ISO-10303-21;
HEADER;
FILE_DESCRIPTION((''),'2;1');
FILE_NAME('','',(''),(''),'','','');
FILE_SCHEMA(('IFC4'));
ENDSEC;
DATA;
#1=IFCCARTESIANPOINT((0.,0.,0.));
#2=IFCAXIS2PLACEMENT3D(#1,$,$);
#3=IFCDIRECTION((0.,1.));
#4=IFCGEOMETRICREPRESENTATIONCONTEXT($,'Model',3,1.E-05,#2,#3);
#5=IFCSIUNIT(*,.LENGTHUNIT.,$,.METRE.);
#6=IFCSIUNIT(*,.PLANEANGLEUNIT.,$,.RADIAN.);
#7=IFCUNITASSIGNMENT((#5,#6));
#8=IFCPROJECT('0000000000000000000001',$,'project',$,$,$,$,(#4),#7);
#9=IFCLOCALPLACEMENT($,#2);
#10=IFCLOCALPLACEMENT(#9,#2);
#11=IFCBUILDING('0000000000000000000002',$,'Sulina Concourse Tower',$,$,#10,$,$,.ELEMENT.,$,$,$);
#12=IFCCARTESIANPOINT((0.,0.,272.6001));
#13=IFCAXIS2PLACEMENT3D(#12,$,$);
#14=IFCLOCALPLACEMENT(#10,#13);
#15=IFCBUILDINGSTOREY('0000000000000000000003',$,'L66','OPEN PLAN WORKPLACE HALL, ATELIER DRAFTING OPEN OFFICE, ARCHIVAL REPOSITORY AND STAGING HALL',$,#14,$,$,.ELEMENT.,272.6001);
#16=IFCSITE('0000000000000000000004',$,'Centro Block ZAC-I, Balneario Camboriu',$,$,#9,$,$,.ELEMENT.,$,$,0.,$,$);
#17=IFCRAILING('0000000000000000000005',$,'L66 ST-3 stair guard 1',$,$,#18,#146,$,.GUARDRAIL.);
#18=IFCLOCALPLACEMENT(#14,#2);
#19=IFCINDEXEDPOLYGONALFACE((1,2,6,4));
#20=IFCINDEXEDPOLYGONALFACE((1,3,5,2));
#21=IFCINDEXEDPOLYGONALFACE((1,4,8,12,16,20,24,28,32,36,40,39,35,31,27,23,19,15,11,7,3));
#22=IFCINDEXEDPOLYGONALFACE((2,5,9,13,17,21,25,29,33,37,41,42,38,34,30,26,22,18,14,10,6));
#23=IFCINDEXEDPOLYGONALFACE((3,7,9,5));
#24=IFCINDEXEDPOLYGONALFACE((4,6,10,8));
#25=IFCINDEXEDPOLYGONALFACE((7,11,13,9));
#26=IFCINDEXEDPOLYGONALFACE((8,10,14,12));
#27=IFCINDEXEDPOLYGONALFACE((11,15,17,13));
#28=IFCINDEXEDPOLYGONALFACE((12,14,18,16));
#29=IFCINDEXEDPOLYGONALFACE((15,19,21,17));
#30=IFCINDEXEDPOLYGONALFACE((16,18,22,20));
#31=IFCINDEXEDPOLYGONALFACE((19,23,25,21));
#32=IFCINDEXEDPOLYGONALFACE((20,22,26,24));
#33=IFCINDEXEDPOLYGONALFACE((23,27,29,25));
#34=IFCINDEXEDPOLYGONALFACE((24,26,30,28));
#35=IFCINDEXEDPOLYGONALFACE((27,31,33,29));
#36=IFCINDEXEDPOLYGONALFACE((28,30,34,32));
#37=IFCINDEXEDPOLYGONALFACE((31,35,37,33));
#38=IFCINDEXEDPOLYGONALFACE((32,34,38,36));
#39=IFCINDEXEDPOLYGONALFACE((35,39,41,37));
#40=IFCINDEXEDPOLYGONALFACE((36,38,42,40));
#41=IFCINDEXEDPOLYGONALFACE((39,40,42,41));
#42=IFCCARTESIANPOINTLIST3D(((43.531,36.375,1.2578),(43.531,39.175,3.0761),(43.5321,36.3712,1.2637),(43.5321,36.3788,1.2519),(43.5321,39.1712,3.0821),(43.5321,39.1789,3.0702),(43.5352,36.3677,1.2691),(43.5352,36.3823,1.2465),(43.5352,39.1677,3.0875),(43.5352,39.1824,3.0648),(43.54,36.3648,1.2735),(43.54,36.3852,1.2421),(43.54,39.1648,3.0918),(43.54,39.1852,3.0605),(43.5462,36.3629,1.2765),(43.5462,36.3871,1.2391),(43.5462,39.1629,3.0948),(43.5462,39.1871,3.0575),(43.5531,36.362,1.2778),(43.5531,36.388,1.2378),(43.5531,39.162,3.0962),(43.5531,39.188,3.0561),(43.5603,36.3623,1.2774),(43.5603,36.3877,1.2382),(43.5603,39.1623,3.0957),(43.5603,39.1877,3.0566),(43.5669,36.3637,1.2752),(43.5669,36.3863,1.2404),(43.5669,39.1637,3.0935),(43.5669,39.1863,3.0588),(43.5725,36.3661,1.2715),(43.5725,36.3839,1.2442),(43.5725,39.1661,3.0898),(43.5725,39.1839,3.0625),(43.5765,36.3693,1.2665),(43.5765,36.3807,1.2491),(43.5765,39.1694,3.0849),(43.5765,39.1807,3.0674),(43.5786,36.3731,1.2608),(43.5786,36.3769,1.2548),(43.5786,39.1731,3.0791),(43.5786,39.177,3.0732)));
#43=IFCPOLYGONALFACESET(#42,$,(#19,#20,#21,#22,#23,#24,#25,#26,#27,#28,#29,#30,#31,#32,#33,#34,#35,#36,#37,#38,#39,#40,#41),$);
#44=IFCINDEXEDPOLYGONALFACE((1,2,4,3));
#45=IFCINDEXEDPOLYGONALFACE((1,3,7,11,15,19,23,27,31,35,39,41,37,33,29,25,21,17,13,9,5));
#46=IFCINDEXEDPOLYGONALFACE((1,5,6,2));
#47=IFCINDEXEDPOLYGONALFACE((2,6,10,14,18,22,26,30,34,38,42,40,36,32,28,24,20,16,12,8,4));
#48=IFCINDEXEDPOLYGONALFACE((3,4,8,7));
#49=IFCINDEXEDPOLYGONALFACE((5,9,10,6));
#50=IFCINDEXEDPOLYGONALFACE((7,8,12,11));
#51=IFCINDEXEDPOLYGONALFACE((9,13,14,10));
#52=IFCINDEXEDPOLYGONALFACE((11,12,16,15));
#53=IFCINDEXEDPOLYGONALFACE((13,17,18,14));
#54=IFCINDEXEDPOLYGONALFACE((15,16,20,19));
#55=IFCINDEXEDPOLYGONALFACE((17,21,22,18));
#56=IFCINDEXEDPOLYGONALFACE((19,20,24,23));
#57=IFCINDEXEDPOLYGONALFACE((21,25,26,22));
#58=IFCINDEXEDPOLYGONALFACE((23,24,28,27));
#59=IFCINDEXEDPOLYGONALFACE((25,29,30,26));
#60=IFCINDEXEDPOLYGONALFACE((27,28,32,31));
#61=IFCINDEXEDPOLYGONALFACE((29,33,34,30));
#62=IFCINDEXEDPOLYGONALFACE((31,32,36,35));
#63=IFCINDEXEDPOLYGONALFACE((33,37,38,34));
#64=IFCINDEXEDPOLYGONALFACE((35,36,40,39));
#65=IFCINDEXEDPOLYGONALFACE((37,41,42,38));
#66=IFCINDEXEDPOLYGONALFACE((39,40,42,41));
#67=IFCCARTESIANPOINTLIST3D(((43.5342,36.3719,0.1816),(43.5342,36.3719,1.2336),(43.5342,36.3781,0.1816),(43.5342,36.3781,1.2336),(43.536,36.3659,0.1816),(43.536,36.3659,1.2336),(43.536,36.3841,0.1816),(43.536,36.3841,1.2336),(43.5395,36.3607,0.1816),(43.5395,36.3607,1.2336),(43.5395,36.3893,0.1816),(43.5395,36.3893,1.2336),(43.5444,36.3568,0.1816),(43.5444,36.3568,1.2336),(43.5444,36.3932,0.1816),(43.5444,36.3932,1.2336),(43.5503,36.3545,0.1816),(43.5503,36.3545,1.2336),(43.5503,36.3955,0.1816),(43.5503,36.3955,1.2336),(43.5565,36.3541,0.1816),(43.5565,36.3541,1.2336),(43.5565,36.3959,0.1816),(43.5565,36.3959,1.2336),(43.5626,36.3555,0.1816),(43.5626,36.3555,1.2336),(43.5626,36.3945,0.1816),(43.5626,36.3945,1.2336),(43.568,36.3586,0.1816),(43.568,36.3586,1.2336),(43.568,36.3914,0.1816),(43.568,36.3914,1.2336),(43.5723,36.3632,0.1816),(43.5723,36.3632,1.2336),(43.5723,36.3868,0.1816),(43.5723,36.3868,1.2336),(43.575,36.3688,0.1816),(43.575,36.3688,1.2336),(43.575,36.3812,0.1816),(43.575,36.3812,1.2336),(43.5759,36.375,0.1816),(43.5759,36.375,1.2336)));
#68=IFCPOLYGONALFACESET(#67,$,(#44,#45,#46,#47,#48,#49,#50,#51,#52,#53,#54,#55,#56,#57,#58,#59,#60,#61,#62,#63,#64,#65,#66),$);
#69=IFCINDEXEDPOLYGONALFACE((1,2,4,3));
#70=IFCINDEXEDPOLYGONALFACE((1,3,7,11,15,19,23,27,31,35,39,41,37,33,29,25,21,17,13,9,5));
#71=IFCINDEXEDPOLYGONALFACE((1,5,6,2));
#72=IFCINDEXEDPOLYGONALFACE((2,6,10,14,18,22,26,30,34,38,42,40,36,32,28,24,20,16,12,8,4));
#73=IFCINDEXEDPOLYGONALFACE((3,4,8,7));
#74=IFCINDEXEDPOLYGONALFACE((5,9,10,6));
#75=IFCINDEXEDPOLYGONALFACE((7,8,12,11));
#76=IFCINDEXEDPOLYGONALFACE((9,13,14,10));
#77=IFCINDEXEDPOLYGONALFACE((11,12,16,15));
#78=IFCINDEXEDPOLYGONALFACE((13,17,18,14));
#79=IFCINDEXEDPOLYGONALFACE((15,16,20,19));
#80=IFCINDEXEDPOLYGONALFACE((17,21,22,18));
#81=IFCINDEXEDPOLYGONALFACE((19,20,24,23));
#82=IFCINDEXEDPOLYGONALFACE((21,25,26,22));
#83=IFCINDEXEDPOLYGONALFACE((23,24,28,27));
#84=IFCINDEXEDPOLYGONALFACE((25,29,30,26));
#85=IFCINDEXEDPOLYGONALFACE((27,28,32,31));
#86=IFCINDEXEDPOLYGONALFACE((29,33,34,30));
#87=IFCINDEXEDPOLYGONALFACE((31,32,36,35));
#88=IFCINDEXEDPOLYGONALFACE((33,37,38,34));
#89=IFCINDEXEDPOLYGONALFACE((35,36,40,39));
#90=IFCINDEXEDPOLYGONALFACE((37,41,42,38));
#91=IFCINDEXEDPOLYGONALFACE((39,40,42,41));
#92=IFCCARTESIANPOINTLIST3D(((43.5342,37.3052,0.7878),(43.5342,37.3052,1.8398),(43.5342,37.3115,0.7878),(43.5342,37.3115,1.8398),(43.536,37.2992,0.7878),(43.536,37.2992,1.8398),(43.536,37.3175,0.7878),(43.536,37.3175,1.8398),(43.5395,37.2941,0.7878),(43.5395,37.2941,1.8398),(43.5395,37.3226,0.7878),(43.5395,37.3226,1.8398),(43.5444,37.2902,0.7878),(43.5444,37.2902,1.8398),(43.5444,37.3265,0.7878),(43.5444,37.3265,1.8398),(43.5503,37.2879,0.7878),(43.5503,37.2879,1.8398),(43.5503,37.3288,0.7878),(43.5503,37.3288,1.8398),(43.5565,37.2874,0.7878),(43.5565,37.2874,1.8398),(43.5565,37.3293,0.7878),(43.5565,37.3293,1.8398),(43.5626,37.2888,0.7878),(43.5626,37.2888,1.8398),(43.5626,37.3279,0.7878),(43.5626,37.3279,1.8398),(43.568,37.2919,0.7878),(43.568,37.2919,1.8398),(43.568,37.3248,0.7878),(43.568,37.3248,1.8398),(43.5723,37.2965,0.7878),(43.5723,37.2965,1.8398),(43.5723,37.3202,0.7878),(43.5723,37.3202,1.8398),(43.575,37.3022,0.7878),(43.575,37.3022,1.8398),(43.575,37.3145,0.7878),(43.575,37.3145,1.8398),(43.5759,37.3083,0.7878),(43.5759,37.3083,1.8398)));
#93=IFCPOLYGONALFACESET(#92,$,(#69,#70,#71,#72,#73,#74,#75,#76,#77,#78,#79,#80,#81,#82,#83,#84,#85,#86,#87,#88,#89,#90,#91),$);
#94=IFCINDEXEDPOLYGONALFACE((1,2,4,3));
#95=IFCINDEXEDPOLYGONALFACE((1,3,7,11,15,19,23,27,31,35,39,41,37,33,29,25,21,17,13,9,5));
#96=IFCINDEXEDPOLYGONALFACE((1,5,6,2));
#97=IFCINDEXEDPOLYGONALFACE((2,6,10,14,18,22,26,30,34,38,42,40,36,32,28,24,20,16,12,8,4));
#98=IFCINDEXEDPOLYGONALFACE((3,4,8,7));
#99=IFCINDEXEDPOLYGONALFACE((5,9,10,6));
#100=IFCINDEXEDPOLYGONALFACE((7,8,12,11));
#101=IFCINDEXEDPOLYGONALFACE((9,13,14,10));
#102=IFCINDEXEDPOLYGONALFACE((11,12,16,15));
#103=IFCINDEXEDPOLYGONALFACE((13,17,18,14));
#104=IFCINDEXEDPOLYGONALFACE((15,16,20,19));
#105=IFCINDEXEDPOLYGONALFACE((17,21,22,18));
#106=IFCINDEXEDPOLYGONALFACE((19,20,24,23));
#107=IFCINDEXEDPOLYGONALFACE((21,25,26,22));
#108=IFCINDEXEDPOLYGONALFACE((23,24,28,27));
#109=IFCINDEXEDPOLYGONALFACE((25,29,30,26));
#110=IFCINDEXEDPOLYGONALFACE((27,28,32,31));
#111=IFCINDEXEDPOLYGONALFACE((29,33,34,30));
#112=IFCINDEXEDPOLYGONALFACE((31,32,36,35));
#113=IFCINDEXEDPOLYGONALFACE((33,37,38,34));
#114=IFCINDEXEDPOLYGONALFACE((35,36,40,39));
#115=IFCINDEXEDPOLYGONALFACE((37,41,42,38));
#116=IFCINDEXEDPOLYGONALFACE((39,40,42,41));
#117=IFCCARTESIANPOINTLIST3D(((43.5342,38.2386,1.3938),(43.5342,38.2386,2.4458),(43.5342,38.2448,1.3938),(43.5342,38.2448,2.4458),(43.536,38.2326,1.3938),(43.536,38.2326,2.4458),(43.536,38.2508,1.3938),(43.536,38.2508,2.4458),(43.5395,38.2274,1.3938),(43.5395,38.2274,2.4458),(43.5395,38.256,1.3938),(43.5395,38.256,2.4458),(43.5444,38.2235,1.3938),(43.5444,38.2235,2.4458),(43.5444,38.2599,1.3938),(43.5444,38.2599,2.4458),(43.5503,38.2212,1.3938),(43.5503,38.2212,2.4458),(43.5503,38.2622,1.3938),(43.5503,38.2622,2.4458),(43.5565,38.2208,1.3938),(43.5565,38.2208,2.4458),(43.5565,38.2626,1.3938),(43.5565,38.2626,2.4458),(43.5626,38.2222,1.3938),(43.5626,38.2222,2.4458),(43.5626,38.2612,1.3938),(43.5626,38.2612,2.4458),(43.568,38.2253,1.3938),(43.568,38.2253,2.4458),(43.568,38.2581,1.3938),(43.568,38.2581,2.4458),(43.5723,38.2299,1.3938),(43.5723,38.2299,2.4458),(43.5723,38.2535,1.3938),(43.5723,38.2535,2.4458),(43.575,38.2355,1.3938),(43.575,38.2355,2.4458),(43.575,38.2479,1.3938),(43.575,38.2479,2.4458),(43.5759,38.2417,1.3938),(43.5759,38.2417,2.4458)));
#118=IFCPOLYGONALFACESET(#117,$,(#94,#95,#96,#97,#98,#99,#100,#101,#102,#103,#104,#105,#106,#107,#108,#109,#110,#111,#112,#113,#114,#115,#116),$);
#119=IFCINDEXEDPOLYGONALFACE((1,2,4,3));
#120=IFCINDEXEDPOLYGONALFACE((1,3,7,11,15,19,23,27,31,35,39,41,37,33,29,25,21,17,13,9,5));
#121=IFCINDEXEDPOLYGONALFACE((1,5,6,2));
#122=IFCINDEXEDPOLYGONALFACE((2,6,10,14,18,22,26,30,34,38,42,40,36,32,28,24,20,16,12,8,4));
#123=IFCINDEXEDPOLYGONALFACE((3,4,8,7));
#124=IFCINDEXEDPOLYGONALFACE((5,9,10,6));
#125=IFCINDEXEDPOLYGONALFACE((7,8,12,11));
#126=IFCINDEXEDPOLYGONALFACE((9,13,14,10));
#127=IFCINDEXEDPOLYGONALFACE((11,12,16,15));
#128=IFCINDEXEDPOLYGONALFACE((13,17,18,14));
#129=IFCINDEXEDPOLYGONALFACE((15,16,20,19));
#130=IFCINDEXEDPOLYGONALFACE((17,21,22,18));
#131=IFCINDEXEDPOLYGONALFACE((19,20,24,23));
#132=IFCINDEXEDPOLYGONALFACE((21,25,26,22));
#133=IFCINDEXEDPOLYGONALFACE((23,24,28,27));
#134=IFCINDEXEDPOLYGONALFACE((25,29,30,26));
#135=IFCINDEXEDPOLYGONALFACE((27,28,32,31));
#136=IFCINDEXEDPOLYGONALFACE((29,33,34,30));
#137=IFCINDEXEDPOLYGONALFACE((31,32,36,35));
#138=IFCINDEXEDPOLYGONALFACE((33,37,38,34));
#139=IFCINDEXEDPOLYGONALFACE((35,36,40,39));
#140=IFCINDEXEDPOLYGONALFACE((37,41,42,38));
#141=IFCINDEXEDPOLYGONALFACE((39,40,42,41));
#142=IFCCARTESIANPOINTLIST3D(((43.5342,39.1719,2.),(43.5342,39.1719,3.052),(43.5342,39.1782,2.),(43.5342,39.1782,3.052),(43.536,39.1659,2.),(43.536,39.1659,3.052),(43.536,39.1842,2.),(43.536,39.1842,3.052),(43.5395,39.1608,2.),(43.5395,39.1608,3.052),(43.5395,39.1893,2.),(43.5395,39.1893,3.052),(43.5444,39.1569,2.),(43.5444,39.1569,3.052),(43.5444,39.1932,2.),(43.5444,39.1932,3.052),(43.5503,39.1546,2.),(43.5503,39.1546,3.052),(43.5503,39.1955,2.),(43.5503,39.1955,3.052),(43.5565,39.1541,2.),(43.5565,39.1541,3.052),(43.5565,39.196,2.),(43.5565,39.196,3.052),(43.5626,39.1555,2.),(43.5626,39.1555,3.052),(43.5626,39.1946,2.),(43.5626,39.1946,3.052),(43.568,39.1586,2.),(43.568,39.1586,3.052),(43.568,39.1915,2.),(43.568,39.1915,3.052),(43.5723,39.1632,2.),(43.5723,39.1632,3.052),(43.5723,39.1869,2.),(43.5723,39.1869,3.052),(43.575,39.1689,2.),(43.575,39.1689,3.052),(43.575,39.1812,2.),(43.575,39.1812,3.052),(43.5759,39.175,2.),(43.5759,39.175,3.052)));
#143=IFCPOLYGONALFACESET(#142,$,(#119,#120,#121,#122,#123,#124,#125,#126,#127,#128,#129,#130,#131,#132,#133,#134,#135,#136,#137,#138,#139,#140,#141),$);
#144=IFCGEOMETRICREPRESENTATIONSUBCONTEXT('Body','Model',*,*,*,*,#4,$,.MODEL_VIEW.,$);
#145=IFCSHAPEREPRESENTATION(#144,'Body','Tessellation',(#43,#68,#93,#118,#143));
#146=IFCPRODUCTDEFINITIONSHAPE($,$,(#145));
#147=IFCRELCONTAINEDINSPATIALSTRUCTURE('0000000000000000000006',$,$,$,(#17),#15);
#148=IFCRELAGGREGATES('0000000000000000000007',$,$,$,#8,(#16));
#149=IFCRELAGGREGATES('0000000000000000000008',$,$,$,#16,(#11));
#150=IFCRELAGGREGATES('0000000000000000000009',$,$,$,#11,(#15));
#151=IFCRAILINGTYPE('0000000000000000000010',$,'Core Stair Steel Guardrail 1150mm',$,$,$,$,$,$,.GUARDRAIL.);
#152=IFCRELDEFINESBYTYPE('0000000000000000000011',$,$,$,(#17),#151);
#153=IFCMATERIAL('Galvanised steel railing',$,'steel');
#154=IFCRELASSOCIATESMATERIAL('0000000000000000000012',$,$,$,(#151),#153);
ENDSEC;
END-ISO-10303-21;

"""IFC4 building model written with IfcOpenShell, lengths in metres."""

from ifc_helpers import new_model, si_unit, direction, frame, origin, origin_2d, place, context, subcontext, project, spatial, circle, extrude, material, type_object, element, save


model = new_model("IFC4")

# Units and contexts
model_context = context("Model", 3, precision=1e-05, world=origin(), true_north=direction((0.0, 1.0)))
body_context = subcontext(model_context, "Body", "Model", "MODEL_VIEW")
ifc_project = project(units=[si_unit("LENGTHUNIT", "METRE"), si_unit("PLANEANGLEUNIT", "RADIAN")], contexts=[model_context])

# Site, building, storey
site_placement = place(None, origin())
site = spatial("IfcSite", under=ifc_project, at=site_placement, Name="Centro Block ZAC-I, Balneario Camboriu", CompositionType="ELEMENT", RefElevation=0.0)
building_placement = place(site_placement, origin())
building = spatial("IfcBuilding", under=site, at=building_placement, Name="Sulina Concourse Tower", CompositionType="ELEMENT")
storey_placement = place(building_placement, frame((0.0, 0.0, 272.6001)))
storey = spatial("IfcBuildingStorey", under=building, at=storey_placement, Name="L66", Description="OPEN PLAN WORKPLACE HALL, ATELIER DRAFTING OPEN OFFICE, ARCHIVAL REPOSITORY AND STAGING HALL", CompositionType="ELEMENT", Elevation=272.6001)

# Railing
ifc_material_1 = material(Name="Galvanised steel railing", Category="steel")
railing_type_1 = type_object("IfcRailingType", Name="Core Stair Steel Guardrail 1150mm", PredefinedType="GUARDRAIL", material=ifc_material_1)
railing_1_placement = place(storey_placement, frame((43.5549, 36.375, 0.1816)))
element("IfcRailing", 1, at=railing_1_placement, inside=storey, type_object=railing_type_1, Name="L66 ST-3 stair guard 1", PredefinedType="GUARDRAIL", context=body_context, shape_type="SweptSolid", body=[
    extrude(circle(Radius=0.0239, at=origin_2d()), frame((0.0, 0.0, 1.0762), z_axis=(0.0, 0.838672, 0.544636), x_axis=(-1.0, 0.0, 0.0)), (0.0, 0.0, 1.0), 3.3386),
    extrude(circle(Radius=0.021, at=origin_2d()), origin(), (0.0, 0.0, 1.0), 1.052),
    extrude(circle(Radius=0.021, at=origin_2d()), frame((0.0, 0.9333, 0.6062)), (0.0, 0.0, 1.0), 1.052),
    extrude(circle(Radius=0.021, at=origin_2d()), frame((0.0, 1.8667, 1.2122)), (0.0, 0.0, 1.0), 1.052),
    extrude(circle(Radius=0.021, at=origin_2d()), frame((0.0, 2.8, 1.8184)), (0.0, 0.0, 1.0), 1.052),
])

save(model, "model.ifc")
